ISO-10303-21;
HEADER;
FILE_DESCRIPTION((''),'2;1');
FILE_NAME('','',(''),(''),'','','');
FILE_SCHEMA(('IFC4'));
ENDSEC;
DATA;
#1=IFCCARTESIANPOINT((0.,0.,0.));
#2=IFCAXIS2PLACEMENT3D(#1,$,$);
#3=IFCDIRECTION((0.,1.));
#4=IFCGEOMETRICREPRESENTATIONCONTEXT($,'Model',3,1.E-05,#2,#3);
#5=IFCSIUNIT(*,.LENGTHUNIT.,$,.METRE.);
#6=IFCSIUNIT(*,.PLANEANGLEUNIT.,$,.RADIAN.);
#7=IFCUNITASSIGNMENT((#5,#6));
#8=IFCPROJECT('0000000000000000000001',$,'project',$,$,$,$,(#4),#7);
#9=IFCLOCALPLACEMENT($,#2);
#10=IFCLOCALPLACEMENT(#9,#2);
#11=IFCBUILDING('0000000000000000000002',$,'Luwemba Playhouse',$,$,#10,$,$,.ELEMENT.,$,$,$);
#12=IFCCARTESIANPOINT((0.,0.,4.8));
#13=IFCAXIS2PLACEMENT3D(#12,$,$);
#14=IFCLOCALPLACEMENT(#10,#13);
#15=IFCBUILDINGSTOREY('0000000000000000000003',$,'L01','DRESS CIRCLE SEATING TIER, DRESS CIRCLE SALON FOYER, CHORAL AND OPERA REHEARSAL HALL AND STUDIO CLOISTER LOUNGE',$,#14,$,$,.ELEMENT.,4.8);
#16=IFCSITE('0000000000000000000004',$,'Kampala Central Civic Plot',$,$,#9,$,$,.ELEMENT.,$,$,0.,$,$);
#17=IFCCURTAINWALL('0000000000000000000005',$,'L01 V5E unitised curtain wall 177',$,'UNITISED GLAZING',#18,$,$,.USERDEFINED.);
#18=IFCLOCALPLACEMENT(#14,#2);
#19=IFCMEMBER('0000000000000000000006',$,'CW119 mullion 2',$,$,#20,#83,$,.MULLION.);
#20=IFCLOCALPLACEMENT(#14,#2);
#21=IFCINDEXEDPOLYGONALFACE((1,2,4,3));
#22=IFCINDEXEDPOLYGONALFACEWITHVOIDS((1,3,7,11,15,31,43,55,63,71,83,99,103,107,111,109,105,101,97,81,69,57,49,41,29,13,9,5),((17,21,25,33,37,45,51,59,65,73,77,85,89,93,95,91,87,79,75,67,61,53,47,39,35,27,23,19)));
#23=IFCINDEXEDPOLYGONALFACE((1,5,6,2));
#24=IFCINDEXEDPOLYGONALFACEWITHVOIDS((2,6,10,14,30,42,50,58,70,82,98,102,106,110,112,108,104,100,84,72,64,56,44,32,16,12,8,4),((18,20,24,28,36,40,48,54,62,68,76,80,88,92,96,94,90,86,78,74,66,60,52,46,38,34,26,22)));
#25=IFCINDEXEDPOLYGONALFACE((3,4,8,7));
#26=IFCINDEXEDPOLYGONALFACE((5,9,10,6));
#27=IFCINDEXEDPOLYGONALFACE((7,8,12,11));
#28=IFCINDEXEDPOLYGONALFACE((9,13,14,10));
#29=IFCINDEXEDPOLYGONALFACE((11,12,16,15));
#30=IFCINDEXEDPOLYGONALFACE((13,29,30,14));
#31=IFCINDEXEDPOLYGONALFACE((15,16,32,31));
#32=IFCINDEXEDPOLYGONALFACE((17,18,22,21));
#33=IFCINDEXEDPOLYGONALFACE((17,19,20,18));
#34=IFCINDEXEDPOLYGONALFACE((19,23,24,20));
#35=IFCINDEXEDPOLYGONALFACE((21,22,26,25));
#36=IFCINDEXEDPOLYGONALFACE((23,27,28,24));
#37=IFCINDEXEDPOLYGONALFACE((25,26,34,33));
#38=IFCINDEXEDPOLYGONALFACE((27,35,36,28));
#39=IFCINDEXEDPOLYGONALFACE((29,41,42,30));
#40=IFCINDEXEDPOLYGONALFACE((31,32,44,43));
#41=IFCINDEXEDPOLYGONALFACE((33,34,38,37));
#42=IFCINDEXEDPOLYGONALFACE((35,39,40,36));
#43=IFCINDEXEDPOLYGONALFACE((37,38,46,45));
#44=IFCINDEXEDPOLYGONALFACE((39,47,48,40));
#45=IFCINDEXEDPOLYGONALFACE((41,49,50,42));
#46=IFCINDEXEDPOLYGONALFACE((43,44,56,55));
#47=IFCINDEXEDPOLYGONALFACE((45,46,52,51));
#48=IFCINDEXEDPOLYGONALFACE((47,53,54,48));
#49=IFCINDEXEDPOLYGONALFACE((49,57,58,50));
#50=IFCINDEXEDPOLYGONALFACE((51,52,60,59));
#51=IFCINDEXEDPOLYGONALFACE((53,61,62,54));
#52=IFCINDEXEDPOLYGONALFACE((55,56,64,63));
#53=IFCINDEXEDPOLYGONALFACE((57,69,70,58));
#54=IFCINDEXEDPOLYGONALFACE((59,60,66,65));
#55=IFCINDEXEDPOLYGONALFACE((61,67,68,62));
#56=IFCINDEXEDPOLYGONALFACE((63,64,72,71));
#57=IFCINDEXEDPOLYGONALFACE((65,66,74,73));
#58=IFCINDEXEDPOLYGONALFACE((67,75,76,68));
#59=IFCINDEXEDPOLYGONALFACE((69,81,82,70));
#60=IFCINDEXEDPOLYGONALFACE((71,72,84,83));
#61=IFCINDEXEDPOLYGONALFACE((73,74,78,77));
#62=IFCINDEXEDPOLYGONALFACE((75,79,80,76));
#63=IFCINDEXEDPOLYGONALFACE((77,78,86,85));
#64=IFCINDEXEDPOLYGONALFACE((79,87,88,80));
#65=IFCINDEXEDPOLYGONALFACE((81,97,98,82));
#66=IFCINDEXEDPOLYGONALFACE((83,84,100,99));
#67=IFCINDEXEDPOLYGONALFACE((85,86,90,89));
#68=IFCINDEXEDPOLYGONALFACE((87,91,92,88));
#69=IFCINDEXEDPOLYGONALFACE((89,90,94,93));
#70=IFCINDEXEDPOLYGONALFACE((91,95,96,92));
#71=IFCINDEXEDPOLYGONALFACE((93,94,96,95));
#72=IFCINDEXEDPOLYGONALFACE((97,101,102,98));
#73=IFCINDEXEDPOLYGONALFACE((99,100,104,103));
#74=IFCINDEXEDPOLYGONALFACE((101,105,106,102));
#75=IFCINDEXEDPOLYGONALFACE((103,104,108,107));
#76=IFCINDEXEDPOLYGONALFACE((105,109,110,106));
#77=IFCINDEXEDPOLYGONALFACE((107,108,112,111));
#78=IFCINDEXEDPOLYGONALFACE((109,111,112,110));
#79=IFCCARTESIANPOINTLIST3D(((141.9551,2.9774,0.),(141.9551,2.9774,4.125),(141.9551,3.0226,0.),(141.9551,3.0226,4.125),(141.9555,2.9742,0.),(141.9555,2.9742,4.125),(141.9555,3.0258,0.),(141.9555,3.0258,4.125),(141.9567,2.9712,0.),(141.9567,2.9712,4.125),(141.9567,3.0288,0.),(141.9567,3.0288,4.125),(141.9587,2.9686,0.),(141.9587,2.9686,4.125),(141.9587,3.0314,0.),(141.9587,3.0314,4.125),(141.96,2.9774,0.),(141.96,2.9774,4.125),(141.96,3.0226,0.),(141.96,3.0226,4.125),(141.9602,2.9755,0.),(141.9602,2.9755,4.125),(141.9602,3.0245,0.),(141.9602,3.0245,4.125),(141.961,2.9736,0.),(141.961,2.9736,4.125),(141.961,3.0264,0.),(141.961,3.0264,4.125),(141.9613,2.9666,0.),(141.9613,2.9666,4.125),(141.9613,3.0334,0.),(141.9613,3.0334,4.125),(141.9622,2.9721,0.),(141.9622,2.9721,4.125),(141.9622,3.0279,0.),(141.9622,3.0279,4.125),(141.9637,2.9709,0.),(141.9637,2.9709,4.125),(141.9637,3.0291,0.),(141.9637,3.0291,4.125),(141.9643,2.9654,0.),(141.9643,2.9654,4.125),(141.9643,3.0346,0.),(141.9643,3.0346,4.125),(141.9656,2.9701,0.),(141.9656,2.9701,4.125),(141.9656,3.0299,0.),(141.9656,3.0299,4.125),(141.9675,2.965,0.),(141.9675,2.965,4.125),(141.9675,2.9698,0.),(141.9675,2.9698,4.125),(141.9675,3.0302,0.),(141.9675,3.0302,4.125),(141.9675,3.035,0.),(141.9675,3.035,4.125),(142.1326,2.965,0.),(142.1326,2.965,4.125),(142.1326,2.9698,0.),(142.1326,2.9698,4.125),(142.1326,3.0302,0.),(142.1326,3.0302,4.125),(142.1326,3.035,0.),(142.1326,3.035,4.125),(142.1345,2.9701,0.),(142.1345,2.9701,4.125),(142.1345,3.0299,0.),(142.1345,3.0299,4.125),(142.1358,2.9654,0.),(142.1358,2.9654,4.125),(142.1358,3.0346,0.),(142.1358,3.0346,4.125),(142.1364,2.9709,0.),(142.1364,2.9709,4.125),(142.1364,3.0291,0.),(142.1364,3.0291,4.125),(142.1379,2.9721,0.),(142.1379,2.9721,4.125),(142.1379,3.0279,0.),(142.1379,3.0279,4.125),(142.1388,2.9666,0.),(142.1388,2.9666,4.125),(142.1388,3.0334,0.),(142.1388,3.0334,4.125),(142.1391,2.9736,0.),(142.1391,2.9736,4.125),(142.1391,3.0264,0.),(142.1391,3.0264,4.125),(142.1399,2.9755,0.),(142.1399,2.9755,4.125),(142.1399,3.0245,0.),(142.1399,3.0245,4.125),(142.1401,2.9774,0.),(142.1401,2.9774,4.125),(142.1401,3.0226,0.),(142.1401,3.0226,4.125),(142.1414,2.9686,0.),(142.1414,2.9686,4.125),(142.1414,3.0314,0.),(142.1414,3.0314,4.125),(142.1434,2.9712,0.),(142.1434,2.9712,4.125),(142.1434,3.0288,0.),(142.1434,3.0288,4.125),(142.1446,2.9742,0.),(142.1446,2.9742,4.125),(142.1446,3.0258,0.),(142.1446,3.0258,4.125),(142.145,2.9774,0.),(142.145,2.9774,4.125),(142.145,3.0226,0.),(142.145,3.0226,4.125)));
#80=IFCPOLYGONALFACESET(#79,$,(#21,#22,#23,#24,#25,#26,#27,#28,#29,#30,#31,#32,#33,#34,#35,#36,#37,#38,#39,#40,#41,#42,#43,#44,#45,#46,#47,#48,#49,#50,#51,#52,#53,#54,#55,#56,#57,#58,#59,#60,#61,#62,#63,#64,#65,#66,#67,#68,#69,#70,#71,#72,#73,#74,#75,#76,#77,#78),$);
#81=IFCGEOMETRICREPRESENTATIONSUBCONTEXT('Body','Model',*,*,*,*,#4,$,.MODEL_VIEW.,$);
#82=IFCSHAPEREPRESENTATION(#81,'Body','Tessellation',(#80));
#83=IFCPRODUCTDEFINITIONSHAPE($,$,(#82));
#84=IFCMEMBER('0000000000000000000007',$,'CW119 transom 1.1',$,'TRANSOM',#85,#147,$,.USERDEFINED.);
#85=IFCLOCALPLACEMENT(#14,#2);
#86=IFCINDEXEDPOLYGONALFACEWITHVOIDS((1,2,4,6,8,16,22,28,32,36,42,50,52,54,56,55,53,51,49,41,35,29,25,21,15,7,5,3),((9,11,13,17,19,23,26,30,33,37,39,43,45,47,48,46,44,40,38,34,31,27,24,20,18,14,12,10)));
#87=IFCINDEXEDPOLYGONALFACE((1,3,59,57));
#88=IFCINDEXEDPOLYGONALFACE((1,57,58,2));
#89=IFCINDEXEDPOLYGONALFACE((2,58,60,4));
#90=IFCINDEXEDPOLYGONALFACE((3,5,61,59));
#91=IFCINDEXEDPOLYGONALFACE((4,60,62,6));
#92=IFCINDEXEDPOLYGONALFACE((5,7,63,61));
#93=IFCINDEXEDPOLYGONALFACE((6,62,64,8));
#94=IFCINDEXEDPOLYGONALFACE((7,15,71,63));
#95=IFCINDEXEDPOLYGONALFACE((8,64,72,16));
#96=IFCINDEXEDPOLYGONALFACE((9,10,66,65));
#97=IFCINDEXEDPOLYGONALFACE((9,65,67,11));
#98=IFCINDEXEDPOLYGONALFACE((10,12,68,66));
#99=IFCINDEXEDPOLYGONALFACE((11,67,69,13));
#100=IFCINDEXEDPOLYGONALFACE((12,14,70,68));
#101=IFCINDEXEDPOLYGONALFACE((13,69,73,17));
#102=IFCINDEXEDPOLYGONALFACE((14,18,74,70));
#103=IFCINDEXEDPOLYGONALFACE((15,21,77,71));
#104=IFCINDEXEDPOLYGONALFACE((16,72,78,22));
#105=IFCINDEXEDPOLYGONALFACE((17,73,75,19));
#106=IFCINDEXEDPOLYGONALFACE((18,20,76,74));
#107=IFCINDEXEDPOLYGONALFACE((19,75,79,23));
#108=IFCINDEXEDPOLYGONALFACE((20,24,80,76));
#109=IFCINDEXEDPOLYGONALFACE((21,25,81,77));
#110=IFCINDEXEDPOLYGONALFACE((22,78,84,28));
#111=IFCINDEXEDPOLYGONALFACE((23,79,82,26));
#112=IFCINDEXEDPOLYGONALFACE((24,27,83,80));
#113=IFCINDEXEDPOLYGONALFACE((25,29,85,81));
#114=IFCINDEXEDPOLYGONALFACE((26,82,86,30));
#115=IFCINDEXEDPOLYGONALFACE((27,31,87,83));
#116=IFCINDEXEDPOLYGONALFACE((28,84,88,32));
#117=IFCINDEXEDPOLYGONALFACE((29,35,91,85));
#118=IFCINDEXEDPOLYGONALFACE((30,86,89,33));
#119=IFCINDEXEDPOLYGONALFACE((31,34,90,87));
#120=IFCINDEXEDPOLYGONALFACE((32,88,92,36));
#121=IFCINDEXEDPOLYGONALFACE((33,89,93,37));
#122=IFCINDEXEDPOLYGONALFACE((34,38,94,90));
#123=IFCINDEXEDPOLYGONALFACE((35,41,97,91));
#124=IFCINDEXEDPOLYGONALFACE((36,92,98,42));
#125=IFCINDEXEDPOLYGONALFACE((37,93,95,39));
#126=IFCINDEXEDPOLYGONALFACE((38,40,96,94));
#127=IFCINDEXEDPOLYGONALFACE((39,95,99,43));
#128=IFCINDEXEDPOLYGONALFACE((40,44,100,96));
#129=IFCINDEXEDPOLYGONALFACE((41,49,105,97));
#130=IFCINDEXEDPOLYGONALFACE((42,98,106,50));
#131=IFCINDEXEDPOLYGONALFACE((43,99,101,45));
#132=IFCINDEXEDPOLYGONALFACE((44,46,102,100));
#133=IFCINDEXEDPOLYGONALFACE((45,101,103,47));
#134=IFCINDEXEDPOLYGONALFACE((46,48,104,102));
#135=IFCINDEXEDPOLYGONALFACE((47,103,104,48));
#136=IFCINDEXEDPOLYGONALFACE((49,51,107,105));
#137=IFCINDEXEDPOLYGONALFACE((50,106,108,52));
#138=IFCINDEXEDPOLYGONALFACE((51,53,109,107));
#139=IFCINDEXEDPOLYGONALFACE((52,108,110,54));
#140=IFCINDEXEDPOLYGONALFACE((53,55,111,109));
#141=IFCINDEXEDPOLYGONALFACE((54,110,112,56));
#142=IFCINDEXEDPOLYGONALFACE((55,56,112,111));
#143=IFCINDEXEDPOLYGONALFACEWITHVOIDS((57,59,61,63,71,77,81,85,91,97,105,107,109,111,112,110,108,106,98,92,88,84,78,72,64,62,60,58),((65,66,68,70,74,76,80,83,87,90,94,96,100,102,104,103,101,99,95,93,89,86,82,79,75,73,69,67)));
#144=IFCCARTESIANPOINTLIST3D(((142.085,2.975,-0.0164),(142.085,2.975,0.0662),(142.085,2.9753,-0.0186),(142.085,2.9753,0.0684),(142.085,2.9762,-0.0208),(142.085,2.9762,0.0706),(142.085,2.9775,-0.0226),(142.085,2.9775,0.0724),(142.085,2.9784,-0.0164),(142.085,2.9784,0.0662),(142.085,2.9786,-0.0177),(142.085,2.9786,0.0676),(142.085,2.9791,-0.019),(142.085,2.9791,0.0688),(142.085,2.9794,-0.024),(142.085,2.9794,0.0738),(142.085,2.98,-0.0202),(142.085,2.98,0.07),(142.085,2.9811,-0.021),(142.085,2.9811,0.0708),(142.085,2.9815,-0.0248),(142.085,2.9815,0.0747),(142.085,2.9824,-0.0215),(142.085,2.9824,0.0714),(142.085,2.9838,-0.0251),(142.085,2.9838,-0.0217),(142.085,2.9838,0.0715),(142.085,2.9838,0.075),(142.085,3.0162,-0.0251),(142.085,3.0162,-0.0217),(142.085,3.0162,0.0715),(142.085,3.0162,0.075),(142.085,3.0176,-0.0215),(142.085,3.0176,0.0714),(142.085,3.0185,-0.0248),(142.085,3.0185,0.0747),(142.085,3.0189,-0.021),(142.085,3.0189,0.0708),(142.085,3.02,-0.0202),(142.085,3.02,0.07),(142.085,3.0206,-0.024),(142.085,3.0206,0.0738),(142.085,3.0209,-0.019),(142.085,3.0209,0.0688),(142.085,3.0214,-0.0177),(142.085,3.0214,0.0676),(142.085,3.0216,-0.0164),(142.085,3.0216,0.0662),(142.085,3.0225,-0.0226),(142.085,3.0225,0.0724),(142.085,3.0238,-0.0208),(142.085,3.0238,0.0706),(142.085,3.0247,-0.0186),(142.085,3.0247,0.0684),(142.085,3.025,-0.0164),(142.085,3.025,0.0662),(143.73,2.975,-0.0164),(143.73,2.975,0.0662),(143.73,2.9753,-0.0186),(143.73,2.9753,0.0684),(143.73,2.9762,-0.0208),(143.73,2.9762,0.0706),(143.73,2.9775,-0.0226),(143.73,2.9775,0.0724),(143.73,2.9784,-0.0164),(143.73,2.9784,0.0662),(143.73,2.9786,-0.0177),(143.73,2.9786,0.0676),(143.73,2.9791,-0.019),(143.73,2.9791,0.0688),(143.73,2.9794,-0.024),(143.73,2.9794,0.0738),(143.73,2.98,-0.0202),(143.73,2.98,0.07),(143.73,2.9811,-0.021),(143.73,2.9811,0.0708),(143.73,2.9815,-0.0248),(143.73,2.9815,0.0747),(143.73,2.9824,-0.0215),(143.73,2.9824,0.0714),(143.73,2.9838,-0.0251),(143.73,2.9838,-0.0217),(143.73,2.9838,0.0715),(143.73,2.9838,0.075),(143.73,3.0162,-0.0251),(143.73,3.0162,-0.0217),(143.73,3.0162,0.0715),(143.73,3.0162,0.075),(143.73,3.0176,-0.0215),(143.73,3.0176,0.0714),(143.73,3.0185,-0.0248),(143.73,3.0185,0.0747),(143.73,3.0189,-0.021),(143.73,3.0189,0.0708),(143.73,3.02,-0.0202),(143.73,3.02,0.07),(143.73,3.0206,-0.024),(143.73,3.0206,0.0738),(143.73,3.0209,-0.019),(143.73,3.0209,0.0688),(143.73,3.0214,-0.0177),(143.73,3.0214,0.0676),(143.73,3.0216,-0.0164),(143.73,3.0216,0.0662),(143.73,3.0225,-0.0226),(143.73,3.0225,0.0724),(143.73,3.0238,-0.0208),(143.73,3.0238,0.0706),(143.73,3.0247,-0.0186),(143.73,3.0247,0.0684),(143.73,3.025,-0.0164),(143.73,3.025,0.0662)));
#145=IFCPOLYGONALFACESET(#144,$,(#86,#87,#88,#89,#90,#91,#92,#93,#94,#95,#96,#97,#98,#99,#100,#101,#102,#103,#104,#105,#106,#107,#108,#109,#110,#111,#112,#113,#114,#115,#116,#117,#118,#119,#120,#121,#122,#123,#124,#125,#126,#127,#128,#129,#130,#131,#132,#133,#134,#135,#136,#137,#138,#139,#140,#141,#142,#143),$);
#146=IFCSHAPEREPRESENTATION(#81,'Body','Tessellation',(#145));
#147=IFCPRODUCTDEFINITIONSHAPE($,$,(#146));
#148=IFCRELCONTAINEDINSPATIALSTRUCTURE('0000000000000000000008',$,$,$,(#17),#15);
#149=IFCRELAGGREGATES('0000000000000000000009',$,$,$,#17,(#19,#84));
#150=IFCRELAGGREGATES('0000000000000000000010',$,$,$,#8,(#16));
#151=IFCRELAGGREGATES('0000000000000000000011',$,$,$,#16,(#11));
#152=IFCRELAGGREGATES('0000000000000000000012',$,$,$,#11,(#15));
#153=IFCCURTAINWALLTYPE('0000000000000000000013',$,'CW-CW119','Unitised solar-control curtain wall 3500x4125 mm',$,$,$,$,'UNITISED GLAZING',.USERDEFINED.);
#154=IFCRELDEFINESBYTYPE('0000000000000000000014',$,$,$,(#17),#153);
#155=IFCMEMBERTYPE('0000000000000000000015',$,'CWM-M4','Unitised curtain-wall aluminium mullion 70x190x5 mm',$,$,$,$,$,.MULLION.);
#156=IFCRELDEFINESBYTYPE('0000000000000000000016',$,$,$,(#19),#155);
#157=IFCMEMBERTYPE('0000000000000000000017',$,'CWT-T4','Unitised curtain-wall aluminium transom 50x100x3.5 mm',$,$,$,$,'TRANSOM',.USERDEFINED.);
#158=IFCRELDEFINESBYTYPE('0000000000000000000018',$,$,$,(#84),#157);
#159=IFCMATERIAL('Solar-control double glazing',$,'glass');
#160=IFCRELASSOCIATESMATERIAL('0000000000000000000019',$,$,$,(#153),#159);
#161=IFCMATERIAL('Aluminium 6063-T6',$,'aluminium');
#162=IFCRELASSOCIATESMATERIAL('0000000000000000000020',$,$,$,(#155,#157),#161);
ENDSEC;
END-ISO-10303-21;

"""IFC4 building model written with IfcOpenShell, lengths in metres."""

from ifc_helpers import new_model, si_unit, direction, frame, origin, origin_2d, place, context, subcontext, project, spatial, hollow_rectangle, extrude, material, material_profile, profile_set, type_object, element, aggregate, save


model = new_model("IFC4")

# Units and contexts
model_context = context("Model", 3, precision=1e-05, world=origin(), true_north=direction((0.0, 1.0)))
body_context = subcontext(model_context, "Body", "Model", "MODEL_VIEW")
ifc_project = project(units=[si_unit("LENGTHUNIT", "METRE"), si_unit("PLANEANGLEUNIT", "RADIAN")], contexts=[model_context])

# Site, building, storey
site_placement = place(None, origin())
site = spatial("IfcSite", under=ifc_project, at=site_placement, Name="Kampala Central Civic Plot", CompositionType="ELEMENT", RefElevation=0.0)
building_placement = place(site_placement, origin())
building = spatial("IfcBuilding", under=site, at=building_placement, Name="Luwemba Playhouse", CompositionType="ELEMENT")
storey_placement = place(building_placement, frame((0.0, 0.0, 4.8)))
storey = spatial("IfcBuildingStorey", under=building, at=storey_placement, Name="L01", Description="DRESS CIRCLE SEATING TIER, DRESS CIRCLE SALON FOYER, CHORAL AND OPERA REHEARSAL HALL AND STUDIO CLOISTER LOUNGE", CompositionType="ELEMENT", Elevation=4.8)

# Shared definitions
ifc_material_1 = material(Name="Solar-control double glazing", Category="glass")
ifc_material_2 = material(Name="Aluminium 6063-T6", Category="aluminium")

# Curtain wall, members
curtain_wall_type_1 = type_object("IfcCurtainWallType", Name="CW-CW119", Description="Unitised solar-control curtain wall 3500x4125 mm", ElementType="UNITISED GLAZING", PredefinedType="USERDEFINED", material=ifc_material_1)
curtain_wall_1_placement = place(storey_placement, origin())
curtain_wall_1 = element("IfcCurtainWall", 1, at=curtain_wall_1_placement, inside=storey, type_object=curtain_wall_type_1, Name="L01 V5E unitised curtain wall 177", ObjectType="UNITISED GLAZING", PredefinedType="USERDEFINED")
ifc_material_profile_1 = material_profile(ifc_material_2, hollow_rectangle(XDim=0.0701, YDim=0.1899, WallThickness=0.0049, InnerFilletRadius=0.0076, OuterFilletRadius=0.0125, at=origin_2d()))
ifc_profile_set_1 = profile_set([ifc_material_profile_1], Name="Aluminium 6063-T6")
member_type_1 = type_object("IfcMemberType", Name="CWM-M4", Description="Unitised curtain-wall aluminium mullion 70x190x5 mm", PredefinedType="MULLION", material=ifc_profile_set_1)
member_1_placement = place(storey_placement, frame((142.05, 3.0, 0.0), z_axis=(0.0, 0.0, 1.0), x_axis=(0.0, -1.0, 0.0)))
member_1 = element("IfcMember", 2, at=member_1_placement, type_object=member_type_1, Name="CW119 mullion 2", PredefinedType="MULLION", context=body_context, shape_type="SweptSolid", body=[
    extrude(hollow_rectangle(XDim=0.0701, YDim=0.1899, WallThickness=0.0049, InnerFilletRadius=0.0076, OuterFilletRadius=0.0125, at=origin_2d()), origin(), (0.0, 0.0, 1.0), 4.125),
])
ifc_material_profile_2 = material_profile(ifc_material_2, hollow_rectangle(XDim=0.05, YDim=0.1001, WallThickness=0.0034, InnerFilletRadius=0.0054, OuterFilletRadius=0.0088, at=origin_2d()))
ifc_profile_set_2 = profile_set([ifc_material_profile_2], Name="Aluminium 6063-T6")
member_type_2 = type_object("IfcMemberType", Name="CWT-T4", Description="Unitised curtain-wall aluminium transom 50x100x3.5 mm", ElementType="TRANSOM", PredefinedType="USERDEFINED", material=ifc_profile_set_2)
member_2_placement = place(storey_placement, frame((143.73, 3.0, 0.0249), z_axis=(-1.0, 0.0, 0.0), x_axis=(0.0, -1.0, 0.0)))
member_2 = element("IfcMember", 3, at=member_2_placement, type_object=member_type_2, Name="CW119 transom 1.1", ObjectType="TRANSOM", PredefinedType="USERDEFINED", context=body_context, shape_type="SweptSolid", body=[
    extrude(hollow_rectangle(XDim=0.05, YDim=0.1001, WallThickness=0.0034, InnerFilletRadius=0.0054, OuterFilletRadius=0.0088, at=origin_2d()), origin(), (0.0, 0.0, 1.0), 1.645),
])

aggregate(curtain_wall_1, [member_1, member_2])

save(model, "model.ifc")
